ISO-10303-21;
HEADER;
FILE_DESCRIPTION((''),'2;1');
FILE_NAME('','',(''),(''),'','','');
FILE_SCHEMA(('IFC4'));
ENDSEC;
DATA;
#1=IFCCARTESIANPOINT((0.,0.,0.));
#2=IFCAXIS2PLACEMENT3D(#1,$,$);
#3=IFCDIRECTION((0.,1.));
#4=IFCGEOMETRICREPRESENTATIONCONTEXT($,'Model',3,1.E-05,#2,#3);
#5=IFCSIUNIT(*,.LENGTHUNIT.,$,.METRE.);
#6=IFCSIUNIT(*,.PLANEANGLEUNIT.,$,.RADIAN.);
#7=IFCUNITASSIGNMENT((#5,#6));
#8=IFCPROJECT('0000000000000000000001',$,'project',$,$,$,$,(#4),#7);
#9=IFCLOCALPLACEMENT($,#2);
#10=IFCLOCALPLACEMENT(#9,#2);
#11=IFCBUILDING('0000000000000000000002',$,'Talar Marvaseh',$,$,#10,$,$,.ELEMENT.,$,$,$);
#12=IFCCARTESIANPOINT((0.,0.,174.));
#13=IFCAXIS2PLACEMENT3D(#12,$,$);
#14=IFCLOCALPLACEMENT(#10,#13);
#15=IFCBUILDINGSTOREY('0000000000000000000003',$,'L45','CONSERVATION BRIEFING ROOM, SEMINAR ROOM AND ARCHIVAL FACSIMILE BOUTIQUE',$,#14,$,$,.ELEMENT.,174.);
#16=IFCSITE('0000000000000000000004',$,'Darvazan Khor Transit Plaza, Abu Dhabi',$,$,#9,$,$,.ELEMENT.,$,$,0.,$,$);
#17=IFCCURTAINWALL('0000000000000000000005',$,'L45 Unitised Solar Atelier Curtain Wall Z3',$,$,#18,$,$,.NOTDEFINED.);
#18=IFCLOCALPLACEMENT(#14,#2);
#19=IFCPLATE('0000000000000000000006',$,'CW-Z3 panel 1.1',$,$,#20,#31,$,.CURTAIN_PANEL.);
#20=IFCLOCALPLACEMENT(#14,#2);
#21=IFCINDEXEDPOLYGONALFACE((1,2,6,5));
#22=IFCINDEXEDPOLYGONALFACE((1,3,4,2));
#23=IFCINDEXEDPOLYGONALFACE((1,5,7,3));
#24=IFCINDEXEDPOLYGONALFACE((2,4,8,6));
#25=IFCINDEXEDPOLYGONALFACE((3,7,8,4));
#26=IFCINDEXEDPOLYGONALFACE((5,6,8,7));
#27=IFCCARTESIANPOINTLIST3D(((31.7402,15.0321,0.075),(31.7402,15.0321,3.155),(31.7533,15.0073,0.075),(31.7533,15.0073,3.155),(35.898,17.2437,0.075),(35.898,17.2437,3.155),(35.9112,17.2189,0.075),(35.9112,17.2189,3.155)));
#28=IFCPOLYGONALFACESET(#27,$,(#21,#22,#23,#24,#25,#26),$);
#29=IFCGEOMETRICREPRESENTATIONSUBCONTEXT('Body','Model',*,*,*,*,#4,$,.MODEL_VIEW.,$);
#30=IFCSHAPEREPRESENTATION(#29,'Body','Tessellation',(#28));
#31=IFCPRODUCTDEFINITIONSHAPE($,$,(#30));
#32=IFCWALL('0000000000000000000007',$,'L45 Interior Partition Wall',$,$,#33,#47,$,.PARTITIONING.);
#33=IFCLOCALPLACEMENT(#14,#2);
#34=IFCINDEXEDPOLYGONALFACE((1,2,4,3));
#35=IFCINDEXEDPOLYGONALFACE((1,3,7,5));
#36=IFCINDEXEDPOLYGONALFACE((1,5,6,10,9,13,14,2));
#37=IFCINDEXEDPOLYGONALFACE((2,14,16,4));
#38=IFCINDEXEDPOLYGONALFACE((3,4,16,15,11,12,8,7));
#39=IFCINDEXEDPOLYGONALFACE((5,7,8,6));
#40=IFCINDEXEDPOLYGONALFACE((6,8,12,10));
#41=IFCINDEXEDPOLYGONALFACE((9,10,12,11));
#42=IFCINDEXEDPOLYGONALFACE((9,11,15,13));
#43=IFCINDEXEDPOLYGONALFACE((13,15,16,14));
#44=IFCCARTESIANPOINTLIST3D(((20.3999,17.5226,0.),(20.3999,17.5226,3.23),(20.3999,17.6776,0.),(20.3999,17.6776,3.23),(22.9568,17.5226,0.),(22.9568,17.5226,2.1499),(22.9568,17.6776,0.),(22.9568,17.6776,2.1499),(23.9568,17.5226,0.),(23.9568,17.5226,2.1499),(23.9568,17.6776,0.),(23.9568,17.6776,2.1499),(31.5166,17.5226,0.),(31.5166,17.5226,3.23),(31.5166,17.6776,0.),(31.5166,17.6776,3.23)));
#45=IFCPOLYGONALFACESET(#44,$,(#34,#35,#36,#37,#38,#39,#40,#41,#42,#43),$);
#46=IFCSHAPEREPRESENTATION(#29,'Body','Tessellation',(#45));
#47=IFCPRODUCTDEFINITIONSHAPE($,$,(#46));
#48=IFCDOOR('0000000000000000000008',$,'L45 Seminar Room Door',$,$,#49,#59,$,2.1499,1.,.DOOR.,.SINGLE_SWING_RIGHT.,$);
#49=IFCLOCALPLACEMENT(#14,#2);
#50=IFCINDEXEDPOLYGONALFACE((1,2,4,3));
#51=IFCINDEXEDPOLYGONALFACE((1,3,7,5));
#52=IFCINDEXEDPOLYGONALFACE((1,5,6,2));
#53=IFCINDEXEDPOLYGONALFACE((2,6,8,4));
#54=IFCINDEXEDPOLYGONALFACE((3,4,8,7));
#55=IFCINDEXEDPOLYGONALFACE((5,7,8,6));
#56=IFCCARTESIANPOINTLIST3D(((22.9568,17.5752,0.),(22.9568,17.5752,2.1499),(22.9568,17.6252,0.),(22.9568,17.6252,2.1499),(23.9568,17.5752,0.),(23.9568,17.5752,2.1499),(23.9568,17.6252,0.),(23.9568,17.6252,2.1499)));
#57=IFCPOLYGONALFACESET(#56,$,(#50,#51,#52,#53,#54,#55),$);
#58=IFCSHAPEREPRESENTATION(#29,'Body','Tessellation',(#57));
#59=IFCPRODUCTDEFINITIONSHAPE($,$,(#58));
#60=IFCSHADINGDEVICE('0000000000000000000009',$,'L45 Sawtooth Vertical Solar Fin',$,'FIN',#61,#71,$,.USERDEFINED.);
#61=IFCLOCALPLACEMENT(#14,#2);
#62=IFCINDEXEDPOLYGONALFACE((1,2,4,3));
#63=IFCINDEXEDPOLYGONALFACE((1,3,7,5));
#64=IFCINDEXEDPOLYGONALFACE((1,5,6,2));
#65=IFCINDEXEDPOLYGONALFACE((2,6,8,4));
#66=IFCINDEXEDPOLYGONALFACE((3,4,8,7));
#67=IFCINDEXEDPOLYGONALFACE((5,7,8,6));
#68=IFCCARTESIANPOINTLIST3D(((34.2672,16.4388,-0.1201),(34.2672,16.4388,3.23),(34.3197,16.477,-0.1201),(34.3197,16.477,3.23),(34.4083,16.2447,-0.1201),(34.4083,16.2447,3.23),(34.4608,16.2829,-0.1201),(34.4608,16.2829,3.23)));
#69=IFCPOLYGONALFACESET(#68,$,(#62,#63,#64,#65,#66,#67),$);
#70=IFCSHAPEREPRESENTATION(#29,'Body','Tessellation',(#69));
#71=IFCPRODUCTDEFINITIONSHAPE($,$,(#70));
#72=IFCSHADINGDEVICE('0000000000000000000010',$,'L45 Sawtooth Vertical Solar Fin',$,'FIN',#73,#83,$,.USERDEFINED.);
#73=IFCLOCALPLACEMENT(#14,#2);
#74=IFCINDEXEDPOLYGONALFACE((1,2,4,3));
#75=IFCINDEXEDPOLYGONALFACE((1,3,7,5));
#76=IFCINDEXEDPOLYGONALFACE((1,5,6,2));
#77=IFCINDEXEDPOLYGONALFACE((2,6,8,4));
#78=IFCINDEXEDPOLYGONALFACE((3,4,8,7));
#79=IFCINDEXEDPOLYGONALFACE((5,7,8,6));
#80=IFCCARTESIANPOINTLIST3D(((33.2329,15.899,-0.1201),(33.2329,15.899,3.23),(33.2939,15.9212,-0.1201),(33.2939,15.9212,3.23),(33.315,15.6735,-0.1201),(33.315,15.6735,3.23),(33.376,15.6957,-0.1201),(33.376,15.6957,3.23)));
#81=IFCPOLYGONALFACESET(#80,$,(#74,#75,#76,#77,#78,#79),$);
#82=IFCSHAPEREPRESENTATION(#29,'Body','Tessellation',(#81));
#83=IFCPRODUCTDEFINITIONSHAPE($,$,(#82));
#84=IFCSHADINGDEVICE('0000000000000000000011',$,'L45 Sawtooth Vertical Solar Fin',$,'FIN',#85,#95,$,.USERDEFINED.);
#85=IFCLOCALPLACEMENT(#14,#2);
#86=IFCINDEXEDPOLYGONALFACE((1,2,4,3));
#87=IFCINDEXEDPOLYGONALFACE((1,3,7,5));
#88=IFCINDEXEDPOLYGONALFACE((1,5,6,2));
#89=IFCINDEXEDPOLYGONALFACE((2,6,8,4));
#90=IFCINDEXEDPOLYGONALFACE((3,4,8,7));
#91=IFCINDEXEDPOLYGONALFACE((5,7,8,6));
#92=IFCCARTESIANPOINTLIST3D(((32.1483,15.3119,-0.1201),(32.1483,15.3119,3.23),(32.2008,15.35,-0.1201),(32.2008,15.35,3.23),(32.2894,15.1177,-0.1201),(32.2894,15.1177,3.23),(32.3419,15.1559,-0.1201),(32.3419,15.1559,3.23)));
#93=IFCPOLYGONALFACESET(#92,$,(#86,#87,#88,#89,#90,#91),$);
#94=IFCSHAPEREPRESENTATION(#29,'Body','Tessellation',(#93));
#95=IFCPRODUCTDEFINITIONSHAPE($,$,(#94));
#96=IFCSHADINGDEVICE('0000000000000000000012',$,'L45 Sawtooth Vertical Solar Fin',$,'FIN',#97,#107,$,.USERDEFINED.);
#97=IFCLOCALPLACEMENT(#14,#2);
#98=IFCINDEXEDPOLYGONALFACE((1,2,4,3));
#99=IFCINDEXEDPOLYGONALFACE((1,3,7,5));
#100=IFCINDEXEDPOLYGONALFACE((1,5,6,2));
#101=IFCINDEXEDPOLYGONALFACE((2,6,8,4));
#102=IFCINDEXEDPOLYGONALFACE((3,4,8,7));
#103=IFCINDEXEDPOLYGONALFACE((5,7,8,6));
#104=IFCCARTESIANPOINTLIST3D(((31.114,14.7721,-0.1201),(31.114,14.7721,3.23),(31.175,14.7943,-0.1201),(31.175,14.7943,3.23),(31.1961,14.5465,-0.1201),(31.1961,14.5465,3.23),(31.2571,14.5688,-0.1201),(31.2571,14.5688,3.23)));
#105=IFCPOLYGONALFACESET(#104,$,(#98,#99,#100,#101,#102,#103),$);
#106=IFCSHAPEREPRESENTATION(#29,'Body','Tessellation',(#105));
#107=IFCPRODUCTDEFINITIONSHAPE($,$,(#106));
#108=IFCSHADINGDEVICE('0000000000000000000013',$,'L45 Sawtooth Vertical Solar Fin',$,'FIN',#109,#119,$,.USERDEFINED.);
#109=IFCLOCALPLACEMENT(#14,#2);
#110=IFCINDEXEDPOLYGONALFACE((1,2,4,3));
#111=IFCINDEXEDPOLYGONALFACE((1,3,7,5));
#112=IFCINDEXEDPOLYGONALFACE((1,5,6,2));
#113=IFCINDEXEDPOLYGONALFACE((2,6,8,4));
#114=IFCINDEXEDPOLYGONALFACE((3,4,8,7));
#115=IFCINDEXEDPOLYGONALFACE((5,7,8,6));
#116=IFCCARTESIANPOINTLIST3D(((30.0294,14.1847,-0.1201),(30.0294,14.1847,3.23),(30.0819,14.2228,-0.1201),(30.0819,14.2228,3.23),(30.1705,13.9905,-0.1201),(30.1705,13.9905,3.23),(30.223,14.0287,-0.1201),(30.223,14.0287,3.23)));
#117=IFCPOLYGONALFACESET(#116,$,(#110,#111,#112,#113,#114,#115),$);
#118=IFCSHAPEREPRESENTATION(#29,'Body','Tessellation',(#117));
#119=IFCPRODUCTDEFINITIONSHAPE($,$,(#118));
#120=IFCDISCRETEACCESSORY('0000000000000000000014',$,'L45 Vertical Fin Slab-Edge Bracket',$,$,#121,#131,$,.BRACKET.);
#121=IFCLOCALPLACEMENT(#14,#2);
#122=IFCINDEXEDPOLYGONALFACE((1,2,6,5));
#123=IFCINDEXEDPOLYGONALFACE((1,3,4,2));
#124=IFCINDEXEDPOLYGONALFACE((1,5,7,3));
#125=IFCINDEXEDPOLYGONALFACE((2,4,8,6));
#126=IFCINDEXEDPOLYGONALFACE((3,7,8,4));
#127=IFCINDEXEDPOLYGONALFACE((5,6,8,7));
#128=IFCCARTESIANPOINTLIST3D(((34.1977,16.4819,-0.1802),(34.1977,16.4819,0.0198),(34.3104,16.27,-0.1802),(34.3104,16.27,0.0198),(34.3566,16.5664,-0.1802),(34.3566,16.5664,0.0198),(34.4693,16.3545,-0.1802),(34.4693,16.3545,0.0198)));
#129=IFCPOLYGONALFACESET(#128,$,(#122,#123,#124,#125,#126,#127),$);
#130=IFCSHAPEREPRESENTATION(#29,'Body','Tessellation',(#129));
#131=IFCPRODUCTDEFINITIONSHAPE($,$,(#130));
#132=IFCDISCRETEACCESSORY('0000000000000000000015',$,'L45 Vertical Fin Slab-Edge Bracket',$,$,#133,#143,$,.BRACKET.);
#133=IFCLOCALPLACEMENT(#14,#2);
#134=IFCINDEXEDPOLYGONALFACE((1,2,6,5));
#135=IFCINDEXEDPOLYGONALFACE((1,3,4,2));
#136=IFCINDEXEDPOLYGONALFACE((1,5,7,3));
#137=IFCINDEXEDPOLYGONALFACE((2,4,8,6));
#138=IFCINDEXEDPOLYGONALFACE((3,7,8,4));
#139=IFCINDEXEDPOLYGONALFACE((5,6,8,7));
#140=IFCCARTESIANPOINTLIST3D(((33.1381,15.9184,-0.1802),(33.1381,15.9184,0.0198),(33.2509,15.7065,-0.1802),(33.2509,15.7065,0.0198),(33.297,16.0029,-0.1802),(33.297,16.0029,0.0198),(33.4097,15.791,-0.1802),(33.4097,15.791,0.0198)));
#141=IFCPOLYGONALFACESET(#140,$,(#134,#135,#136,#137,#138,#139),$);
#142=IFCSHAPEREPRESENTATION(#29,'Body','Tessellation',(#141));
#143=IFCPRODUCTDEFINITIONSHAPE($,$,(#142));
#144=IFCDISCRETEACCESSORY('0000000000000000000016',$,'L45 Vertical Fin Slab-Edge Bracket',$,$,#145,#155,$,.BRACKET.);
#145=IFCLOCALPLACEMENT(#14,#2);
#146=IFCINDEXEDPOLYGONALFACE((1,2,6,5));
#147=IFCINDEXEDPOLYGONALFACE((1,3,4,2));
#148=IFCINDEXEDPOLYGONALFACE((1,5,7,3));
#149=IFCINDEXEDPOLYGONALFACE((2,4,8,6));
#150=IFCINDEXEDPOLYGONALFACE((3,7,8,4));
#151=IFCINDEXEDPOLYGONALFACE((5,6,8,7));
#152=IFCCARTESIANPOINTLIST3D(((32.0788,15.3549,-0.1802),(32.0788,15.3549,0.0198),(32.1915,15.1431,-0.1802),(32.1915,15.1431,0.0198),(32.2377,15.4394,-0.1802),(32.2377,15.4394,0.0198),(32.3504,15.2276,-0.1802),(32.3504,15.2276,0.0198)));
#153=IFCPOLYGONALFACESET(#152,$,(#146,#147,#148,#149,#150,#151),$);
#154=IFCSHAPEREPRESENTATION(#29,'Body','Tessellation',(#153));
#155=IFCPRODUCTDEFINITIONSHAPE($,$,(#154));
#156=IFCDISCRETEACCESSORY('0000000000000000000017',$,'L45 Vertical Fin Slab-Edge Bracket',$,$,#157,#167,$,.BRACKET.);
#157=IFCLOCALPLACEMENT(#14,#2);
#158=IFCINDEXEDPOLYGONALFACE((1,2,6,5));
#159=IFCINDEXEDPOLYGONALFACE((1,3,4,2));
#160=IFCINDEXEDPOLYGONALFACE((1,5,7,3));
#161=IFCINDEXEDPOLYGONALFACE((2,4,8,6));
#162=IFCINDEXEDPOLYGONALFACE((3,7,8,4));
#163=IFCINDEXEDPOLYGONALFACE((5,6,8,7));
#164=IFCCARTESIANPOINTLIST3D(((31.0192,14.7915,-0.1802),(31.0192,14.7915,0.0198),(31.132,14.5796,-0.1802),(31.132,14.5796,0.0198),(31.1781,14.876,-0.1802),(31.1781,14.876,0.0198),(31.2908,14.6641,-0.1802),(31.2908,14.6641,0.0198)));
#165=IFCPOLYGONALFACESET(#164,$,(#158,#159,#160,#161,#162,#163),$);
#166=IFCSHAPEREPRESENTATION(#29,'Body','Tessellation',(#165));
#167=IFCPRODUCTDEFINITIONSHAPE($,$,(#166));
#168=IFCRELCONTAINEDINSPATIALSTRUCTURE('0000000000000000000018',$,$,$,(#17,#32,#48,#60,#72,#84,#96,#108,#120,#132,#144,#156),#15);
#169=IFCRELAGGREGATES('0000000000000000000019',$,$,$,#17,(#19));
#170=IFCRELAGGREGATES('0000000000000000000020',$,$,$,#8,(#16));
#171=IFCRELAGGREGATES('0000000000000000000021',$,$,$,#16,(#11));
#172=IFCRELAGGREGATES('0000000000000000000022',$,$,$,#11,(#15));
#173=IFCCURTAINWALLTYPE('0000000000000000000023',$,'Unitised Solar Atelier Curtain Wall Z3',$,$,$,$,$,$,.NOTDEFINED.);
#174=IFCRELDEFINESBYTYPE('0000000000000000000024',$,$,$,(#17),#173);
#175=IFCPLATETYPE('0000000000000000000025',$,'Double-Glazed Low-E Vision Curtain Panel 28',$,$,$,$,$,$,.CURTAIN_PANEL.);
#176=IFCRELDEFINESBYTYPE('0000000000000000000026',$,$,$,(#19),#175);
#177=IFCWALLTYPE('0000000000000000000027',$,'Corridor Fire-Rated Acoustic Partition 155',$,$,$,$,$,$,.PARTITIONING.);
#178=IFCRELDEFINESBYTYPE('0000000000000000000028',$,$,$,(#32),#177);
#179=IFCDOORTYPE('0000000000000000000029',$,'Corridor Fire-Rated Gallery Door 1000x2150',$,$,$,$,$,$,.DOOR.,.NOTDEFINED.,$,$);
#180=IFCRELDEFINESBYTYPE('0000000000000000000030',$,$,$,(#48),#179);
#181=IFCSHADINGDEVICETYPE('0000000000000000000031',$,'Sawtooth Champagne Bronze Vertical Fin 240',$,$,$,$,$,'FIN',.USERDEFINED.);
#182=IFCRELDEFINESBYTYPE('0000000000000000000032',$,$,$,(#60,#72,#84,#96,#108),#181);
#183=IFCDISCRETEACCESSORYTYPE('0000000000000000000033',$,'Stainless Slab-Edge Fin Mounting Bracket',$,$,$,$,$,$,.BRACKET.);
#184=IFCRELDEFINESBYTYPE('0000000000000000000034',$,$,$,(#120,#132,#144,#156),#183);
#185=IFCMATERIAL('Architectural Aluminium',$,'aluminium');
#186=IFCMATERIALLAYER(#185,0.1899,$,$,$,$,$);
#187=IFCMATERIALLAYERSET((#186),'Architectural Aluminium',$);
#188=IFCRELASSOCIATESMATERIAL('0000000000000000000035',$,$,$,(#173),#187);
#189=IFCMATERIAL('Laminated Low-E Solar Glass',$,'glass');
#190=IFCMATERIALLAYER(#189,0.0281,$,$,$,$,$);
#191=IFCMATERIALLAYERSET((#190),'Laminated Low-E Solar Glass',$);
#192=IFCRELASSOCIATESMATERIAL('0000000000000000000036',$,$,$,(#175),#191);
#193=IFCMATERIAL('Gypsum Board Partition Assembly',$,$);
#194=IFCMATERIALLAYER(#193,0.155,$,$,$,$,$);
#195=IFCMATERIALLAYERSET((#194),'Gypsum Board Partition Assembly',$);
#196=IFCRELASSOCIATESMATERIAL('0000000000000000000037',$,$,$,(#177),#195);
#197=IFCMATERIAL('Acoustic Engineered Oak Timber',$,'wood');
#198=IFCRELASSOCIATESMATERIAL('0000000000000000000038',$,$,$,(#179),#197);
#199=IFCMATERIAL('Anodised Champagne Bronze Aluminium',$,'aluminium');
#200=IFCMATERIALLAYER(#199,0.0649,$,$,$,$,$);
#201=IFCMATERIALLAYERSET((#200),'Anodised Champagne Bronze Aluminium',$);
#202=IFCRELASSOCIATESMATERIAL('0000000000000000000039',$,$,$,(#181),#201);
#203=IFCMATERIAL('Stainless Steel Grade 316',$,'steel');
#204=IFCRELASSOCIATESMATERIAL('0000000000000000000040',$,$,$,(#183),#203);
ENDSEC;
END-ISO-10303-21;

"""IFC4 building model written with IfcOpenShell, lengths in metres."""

from ifc_helpers import new_model, si_unit, direction, frame, frame_2d, origin, origin_2d, place, context, subcontext, project, spatial, rectangle, extrude, source, transform, mapped, material, layer, layer_set, type_object, type_shapes, element, fill, aggregate, save


model = new_model("IFC4")

# Units and contexts
model_context = context("Model", 3, precision=1e-05, world=origin(), true_north=direction((0.0, 1.0)))
body_context = subcontext(model_context, "Body", "Model", "MODEL_VIEW")
ifc_project = project(units=[si_unit("LENGTHUNIT", "METRE"), si_unit("PLANEANGLEUNIT", "RADIAN")], contexts=[model_context])

# Site, building, storey
site_placement = place(None, origin())
site = spatial("IfcSite", under=ifc_project, at=site_placement, Name="Darvazan Khor Transit Plaza, Abu Dhabi", CompositionType="ELEMENT", RefElevation=0.0)
building_placement = place(site_placement, origin())
building = spatial("IfcBuilding", under=site, at=building_placement, Name="Talar Marvaseh", CompositionType="ELEMENT")
storey_placement = place(building_placement, frame((0.0, 0.0, 174.0)))
storey = spatial("IfcBuildingStorey", under=building, at=storey_placement, Name="L45", Description="CONSERVATION BRIEFING ROOM, SEMINAR ROOM AND ARCHIVAL FACSIMILE BOUTIQUE", CompositionType="ELEMENT", Elevation=174.0)

# Curtain wall, plate
ifc_material_1 = material(Name="Architectural Aluminium", Category="aluminium")
ifc_layer_1 = layer(ifc_material_1, 0.1899)
ifc_layer_set_1 = layer_set([ifc_layer_1], Name="Architectural Aluminium")
curtain_wall_type = type_object("IfcCurtainWallType", Name="Unitised Solar Atelier Curtain Wall Z3", PredefinedType="NOTDEFINED", material=ifc_layer_set_1)
curtain_wall_placement = place(storey_placement, origin())
curtain_wall = element("IfcCurtainWall", 1, at=curtain_wall_placement, inside=storey, type_object=curtain_wall_type, Name="L45 Unitised Solar Atelier Curtain Wall Z3", PredefinedType="NOTDEFINED")
ifc_material_2 = material(Name="Laminated Low-E Solar Glass", Category="glass")
ifc_layer_2 = layer(ifc_material_2, 0.0281)
ifc_layer_set_2 = layer_set([ifc_layer_2], Name="Laminated Low-E Solar Glass")
plate_type = type_object("IfcPlateType", Name="Double-Glazed Low-E Vision Curtain Panel 28", PredefinedType="CURTAIN_PANEL", material=ifc_layer_set_2)
shared_shape_1 = source(origin(), body_context, "Body", "SweptSolid", [
    extrude(rectangle(XDim=4.7095, YDim=0.0281, at=origin_2d()), origin(), (0.0, 0.0, 1.0), 3.0801),
])
type_shapes(plate_type, [shared_shape_1])
plate_placement = place(storey_placement, frame((33.8257, 16.1255, 0.075), z_axis=(0.0, 0.0, 1.0), x_axis=(-0.882874, -0.46961, 0.0)))
plate = element("IfcPlate", 2, at=plate_placement, type_object=plate_type, Name="CW-Z3 panel 1.1", PredefinedType="CURTAIN_PANEL", context=body_context, shape_type="MappedRepresentation", body=[
    mapped(shared_shape_1, transform((0.0, 0.0, 0.0), x_axis=(1.0, 0.0, 0.0), y_axis=(0.0, 1.0, 0.0), z_axis=(0.0, 0.0, 1.0), scale=1.0)),
])
aggregate(curtain_wall, [plate])

# Wall, opening, door
ifc_material_3 = material(Name="Gypsum Board Partition Assembly")
ifc_layer_3 = layer(ifc_material_3, 0.155)
ifc_layer_set_3 = layer_set([ifc_layer_3], Name="Gypsum Board Partition Assembly")
wall_type = type_object("IfcWallType", Name="Corridor Fire-Rated Acoustic Partition 155", PredefinedType="PARTITIONING", material=ifc_layer_set_3)
wall_placement = place(storey_placement, frame((31.5166, 17.6001, 0.0), z_axis=(0.0, 0.0, 1.0), x_axis=(-1.0, 0.0, 0.0)))
wall = element("IfcWall", 3, at=wall_placement, inside=storey, type_object=wall_type, Name="L45 Interior Partition Wall", PredefinedType="PARTITIONING", context=body_context, shape_type="SweptSolid", body=[
    extrude(rectangle(XDim=11.1167, YDim=0.155, at=frame_2d((5.5583, 0.0))), origin(), (0.0, 0.0, 1.0), 3.23),
])
opening_placement = place(wall_placement, frame((7.5598, 0.0, 0.0)))
opening = element("IfcOpeningElement", 4, at=opening_placement, cuts=wall, PredefinedType="OPENING", context=body_context, shape_type="SweptSolid", body=[
    extrude(rectangle(XDim=1.0, YDim=2.1499, at=frame_2d((0.5, 1.075))), frame((0.0, 0.0874, 0.0), z_axis=(0.0, -1.0, 0.0), x_axis=(1.0, 0.0, 0.0)), (0.0, 0.0, 1.0), 0.175),
])
ifc_material_4 = material(Name="Acoustic Engineered Oak Timber", Category="wood")
door_type = type_object("IfcDoorType", Name="Corridor Fire-Rated Gallery Door 1000x2150", OperationType="NOTDEFINED", PredefinedType="DOOR", material=ifc_material_4)
shared_shape_2 = source(origin(), body_context, "Body", "SweptSolid", [
    extrude(rectangle(XDim=1.0, YDim=2.1499, at=frame_2d((0.5, 1.075))), frame((0.0, 0.0249, 0.0), z_axis=(0.0, -1.0, 0.0), x_axis=(1.0, 0.0, 0.0)), (0.0, 0.0, 1.0), 0.05),
])
type_shapes(door_type, [shared_shape_2])
door_placement = place(opening_placement, origin())
door = element("IfcDoor", 5, at=door_placement, inside=storey, type_object=door_type, Name="L45 Seminar Room Door", OperationType="SINGLE_SWING_RIGHT", OverallHeight=2.1499, OverallWidth=1.0, PredefinedType="DOOR", context=body_context, shape_type="MappedRepresentation", body=[
    mapped(shared_shape_2, transform((0.0, 0.0, 0.0), x_axis=(1.0, 0.0, 0.0), y_axis=(0.0, 1.0, 0.0), z_axis=(0.0, 0.0, 1.0), scale=1.0)),
])
fill(opening, door)

# Shading devices
ifc_material_5 = material(Name="Anodised Champagne Bronze Aluminium", Category="aluminium")
ifc_layer_4 = layer(ifc_material_5, 0.0649)
ifc_layer_set_4 = layer_set([ifc_layer_4], Name="Anodised Champagne Bronze Aluminium")
shading_device_type = type_object("IfcShadingDeviceType", Name="Sawtooth Champagne Bronze Vertical Fin 240", ElementType="FIN", PredefinedType="USERDEFINED", material=ifc_layer_set_4)
shared_shape_3 = source(origin(), body_context, "Body", "SweptSolid", [
    extrude(rectangle(XDim=0.24, YDim=0.0649, at=origin_2d()), origin(), (0.0, 0.0, 1.0), 3.3501),
])
type_shapes(shading_device_type, [shared_shape_3])
for number, where, z_axis, x_axis, name in (
    (6, (34.364, 16.3608, -0.1201), (0.0, 0.0, 1.0), (0.587926, -0.808914, 0.0), "L45 Sawtooth Vertical Solar Fin"),
    (7, (33.3044, 15.7974, -0.1201), (0.0, 0.0, 1.0), (0.342184, -0.939633, 0.0), "L45 Sawtooth Vertical Solar Fin"),
    (8, (32.2451, 15.2339, -0.1201), (0.0, 0.0, 1.0), (0.587926, -0.808914, 0.0), "L45 Sawtooth Vertical Solar Fin"),
    (9, (31.1855, 14.6704, -0.1201), (0.0, 0.0, 1.0), (0.342184, -0.939633, 0.0), "L45 Sawtooth Vertical Solar Fin"),
    (10, (30.1262, 14.1067, -0.1201), (0.0, 0.0, 1.0), (0.587926, -0.808914, 0.0), "L45 Sawtooth Vertical Solar Fin"),
):
    element("IfcShadingDevice", number, at=place(storey_placement, frame(where, z_axis=z_axis, x_axis=x_axis)), inside=storey, type_object=shading_device_type, Name=name, ObjectType="FIN", PredefinedType="USERDEFINED", context=body_context, shape_type="MappedRepresentation", body=[
        mapped(shared_shape_3, transform((0.0, 0.0, 0.0), x_axis=(1.0, 0.0, 0.0), y_axis=(0.0, 1.0, 0.0), z_axis=(0.0, 0.0, 1.0), scale=1.0)),
    ])

# Discrete accessories
ifc_material_6 = material(Name="Stainless Steel Grade 316", Category="steel")
discrete_accessory_type = type_object("IfcDiscreteAccessoryType", Name="Stainless Slab-Edge Fin Mounting Bracket", PredefinedType="BRACKET", material=ifc_material_6)
shared_shape_4 = source(origin(), body_context, "Body", "SweptSolid", [
    extrude(rectangle(XDim=0.24, YDim=0.1799, at=origin_2d()), origin(), (0.0, 0.0, 1.0), 0.2),
])
type_shapes(discrete_accessory_type, [shared_shape_4])
for number, where, z_axis, x_axis, name in (
    (11, (34.3335, 16.4182, -0.1802), (0.0, 0.0, 1.0), (0.469626, -0.882866, 0.0), "L45 Vertical Fin Slab-Edge Bracket"),
    (12, (33.2739, 15.8547, -0.1802), (0.0, 0.0, 1.0), (0.469626, -0.882866, 0.0), "L45 Vertical Fin Slab-Edge Bracket"),
    (13, (32.2146, 15.2913, -0.1802), (0.0, 0.0, 1.0), (0.469626, -0.882866, 0.0), "L45 Vertical Fin Slab-Edge Bracket"),
    (14, (31.155, 14.7278, -0.1802), (0.0, 0.0, 1.0), (0.469626, -0.882866, 0.0), "L45 Vertical Fin Slab-Edge Bracket"),
):
    element("IfcDiscreteAccessory", number, at=place(storey_placement, frame(where, z_axis=z_axis, x_axis=x_axis)), inside=storey, type_object=discrete_accessory_type, Name=name, PredefinedType="BRACKET", context=body_context, shape_type="MappedRepresentation", body=[
        mapped(shared_shape_4, transform((0.0, 0.0, 0.0), x_axis=(1.0, 0.0, 0.0), y_axis=(0.0, 1.0, 0.0), z_axis=(0.0, 0.0, 1.0), scale=1.0)),
    ])

save(model, "model.ifc")
